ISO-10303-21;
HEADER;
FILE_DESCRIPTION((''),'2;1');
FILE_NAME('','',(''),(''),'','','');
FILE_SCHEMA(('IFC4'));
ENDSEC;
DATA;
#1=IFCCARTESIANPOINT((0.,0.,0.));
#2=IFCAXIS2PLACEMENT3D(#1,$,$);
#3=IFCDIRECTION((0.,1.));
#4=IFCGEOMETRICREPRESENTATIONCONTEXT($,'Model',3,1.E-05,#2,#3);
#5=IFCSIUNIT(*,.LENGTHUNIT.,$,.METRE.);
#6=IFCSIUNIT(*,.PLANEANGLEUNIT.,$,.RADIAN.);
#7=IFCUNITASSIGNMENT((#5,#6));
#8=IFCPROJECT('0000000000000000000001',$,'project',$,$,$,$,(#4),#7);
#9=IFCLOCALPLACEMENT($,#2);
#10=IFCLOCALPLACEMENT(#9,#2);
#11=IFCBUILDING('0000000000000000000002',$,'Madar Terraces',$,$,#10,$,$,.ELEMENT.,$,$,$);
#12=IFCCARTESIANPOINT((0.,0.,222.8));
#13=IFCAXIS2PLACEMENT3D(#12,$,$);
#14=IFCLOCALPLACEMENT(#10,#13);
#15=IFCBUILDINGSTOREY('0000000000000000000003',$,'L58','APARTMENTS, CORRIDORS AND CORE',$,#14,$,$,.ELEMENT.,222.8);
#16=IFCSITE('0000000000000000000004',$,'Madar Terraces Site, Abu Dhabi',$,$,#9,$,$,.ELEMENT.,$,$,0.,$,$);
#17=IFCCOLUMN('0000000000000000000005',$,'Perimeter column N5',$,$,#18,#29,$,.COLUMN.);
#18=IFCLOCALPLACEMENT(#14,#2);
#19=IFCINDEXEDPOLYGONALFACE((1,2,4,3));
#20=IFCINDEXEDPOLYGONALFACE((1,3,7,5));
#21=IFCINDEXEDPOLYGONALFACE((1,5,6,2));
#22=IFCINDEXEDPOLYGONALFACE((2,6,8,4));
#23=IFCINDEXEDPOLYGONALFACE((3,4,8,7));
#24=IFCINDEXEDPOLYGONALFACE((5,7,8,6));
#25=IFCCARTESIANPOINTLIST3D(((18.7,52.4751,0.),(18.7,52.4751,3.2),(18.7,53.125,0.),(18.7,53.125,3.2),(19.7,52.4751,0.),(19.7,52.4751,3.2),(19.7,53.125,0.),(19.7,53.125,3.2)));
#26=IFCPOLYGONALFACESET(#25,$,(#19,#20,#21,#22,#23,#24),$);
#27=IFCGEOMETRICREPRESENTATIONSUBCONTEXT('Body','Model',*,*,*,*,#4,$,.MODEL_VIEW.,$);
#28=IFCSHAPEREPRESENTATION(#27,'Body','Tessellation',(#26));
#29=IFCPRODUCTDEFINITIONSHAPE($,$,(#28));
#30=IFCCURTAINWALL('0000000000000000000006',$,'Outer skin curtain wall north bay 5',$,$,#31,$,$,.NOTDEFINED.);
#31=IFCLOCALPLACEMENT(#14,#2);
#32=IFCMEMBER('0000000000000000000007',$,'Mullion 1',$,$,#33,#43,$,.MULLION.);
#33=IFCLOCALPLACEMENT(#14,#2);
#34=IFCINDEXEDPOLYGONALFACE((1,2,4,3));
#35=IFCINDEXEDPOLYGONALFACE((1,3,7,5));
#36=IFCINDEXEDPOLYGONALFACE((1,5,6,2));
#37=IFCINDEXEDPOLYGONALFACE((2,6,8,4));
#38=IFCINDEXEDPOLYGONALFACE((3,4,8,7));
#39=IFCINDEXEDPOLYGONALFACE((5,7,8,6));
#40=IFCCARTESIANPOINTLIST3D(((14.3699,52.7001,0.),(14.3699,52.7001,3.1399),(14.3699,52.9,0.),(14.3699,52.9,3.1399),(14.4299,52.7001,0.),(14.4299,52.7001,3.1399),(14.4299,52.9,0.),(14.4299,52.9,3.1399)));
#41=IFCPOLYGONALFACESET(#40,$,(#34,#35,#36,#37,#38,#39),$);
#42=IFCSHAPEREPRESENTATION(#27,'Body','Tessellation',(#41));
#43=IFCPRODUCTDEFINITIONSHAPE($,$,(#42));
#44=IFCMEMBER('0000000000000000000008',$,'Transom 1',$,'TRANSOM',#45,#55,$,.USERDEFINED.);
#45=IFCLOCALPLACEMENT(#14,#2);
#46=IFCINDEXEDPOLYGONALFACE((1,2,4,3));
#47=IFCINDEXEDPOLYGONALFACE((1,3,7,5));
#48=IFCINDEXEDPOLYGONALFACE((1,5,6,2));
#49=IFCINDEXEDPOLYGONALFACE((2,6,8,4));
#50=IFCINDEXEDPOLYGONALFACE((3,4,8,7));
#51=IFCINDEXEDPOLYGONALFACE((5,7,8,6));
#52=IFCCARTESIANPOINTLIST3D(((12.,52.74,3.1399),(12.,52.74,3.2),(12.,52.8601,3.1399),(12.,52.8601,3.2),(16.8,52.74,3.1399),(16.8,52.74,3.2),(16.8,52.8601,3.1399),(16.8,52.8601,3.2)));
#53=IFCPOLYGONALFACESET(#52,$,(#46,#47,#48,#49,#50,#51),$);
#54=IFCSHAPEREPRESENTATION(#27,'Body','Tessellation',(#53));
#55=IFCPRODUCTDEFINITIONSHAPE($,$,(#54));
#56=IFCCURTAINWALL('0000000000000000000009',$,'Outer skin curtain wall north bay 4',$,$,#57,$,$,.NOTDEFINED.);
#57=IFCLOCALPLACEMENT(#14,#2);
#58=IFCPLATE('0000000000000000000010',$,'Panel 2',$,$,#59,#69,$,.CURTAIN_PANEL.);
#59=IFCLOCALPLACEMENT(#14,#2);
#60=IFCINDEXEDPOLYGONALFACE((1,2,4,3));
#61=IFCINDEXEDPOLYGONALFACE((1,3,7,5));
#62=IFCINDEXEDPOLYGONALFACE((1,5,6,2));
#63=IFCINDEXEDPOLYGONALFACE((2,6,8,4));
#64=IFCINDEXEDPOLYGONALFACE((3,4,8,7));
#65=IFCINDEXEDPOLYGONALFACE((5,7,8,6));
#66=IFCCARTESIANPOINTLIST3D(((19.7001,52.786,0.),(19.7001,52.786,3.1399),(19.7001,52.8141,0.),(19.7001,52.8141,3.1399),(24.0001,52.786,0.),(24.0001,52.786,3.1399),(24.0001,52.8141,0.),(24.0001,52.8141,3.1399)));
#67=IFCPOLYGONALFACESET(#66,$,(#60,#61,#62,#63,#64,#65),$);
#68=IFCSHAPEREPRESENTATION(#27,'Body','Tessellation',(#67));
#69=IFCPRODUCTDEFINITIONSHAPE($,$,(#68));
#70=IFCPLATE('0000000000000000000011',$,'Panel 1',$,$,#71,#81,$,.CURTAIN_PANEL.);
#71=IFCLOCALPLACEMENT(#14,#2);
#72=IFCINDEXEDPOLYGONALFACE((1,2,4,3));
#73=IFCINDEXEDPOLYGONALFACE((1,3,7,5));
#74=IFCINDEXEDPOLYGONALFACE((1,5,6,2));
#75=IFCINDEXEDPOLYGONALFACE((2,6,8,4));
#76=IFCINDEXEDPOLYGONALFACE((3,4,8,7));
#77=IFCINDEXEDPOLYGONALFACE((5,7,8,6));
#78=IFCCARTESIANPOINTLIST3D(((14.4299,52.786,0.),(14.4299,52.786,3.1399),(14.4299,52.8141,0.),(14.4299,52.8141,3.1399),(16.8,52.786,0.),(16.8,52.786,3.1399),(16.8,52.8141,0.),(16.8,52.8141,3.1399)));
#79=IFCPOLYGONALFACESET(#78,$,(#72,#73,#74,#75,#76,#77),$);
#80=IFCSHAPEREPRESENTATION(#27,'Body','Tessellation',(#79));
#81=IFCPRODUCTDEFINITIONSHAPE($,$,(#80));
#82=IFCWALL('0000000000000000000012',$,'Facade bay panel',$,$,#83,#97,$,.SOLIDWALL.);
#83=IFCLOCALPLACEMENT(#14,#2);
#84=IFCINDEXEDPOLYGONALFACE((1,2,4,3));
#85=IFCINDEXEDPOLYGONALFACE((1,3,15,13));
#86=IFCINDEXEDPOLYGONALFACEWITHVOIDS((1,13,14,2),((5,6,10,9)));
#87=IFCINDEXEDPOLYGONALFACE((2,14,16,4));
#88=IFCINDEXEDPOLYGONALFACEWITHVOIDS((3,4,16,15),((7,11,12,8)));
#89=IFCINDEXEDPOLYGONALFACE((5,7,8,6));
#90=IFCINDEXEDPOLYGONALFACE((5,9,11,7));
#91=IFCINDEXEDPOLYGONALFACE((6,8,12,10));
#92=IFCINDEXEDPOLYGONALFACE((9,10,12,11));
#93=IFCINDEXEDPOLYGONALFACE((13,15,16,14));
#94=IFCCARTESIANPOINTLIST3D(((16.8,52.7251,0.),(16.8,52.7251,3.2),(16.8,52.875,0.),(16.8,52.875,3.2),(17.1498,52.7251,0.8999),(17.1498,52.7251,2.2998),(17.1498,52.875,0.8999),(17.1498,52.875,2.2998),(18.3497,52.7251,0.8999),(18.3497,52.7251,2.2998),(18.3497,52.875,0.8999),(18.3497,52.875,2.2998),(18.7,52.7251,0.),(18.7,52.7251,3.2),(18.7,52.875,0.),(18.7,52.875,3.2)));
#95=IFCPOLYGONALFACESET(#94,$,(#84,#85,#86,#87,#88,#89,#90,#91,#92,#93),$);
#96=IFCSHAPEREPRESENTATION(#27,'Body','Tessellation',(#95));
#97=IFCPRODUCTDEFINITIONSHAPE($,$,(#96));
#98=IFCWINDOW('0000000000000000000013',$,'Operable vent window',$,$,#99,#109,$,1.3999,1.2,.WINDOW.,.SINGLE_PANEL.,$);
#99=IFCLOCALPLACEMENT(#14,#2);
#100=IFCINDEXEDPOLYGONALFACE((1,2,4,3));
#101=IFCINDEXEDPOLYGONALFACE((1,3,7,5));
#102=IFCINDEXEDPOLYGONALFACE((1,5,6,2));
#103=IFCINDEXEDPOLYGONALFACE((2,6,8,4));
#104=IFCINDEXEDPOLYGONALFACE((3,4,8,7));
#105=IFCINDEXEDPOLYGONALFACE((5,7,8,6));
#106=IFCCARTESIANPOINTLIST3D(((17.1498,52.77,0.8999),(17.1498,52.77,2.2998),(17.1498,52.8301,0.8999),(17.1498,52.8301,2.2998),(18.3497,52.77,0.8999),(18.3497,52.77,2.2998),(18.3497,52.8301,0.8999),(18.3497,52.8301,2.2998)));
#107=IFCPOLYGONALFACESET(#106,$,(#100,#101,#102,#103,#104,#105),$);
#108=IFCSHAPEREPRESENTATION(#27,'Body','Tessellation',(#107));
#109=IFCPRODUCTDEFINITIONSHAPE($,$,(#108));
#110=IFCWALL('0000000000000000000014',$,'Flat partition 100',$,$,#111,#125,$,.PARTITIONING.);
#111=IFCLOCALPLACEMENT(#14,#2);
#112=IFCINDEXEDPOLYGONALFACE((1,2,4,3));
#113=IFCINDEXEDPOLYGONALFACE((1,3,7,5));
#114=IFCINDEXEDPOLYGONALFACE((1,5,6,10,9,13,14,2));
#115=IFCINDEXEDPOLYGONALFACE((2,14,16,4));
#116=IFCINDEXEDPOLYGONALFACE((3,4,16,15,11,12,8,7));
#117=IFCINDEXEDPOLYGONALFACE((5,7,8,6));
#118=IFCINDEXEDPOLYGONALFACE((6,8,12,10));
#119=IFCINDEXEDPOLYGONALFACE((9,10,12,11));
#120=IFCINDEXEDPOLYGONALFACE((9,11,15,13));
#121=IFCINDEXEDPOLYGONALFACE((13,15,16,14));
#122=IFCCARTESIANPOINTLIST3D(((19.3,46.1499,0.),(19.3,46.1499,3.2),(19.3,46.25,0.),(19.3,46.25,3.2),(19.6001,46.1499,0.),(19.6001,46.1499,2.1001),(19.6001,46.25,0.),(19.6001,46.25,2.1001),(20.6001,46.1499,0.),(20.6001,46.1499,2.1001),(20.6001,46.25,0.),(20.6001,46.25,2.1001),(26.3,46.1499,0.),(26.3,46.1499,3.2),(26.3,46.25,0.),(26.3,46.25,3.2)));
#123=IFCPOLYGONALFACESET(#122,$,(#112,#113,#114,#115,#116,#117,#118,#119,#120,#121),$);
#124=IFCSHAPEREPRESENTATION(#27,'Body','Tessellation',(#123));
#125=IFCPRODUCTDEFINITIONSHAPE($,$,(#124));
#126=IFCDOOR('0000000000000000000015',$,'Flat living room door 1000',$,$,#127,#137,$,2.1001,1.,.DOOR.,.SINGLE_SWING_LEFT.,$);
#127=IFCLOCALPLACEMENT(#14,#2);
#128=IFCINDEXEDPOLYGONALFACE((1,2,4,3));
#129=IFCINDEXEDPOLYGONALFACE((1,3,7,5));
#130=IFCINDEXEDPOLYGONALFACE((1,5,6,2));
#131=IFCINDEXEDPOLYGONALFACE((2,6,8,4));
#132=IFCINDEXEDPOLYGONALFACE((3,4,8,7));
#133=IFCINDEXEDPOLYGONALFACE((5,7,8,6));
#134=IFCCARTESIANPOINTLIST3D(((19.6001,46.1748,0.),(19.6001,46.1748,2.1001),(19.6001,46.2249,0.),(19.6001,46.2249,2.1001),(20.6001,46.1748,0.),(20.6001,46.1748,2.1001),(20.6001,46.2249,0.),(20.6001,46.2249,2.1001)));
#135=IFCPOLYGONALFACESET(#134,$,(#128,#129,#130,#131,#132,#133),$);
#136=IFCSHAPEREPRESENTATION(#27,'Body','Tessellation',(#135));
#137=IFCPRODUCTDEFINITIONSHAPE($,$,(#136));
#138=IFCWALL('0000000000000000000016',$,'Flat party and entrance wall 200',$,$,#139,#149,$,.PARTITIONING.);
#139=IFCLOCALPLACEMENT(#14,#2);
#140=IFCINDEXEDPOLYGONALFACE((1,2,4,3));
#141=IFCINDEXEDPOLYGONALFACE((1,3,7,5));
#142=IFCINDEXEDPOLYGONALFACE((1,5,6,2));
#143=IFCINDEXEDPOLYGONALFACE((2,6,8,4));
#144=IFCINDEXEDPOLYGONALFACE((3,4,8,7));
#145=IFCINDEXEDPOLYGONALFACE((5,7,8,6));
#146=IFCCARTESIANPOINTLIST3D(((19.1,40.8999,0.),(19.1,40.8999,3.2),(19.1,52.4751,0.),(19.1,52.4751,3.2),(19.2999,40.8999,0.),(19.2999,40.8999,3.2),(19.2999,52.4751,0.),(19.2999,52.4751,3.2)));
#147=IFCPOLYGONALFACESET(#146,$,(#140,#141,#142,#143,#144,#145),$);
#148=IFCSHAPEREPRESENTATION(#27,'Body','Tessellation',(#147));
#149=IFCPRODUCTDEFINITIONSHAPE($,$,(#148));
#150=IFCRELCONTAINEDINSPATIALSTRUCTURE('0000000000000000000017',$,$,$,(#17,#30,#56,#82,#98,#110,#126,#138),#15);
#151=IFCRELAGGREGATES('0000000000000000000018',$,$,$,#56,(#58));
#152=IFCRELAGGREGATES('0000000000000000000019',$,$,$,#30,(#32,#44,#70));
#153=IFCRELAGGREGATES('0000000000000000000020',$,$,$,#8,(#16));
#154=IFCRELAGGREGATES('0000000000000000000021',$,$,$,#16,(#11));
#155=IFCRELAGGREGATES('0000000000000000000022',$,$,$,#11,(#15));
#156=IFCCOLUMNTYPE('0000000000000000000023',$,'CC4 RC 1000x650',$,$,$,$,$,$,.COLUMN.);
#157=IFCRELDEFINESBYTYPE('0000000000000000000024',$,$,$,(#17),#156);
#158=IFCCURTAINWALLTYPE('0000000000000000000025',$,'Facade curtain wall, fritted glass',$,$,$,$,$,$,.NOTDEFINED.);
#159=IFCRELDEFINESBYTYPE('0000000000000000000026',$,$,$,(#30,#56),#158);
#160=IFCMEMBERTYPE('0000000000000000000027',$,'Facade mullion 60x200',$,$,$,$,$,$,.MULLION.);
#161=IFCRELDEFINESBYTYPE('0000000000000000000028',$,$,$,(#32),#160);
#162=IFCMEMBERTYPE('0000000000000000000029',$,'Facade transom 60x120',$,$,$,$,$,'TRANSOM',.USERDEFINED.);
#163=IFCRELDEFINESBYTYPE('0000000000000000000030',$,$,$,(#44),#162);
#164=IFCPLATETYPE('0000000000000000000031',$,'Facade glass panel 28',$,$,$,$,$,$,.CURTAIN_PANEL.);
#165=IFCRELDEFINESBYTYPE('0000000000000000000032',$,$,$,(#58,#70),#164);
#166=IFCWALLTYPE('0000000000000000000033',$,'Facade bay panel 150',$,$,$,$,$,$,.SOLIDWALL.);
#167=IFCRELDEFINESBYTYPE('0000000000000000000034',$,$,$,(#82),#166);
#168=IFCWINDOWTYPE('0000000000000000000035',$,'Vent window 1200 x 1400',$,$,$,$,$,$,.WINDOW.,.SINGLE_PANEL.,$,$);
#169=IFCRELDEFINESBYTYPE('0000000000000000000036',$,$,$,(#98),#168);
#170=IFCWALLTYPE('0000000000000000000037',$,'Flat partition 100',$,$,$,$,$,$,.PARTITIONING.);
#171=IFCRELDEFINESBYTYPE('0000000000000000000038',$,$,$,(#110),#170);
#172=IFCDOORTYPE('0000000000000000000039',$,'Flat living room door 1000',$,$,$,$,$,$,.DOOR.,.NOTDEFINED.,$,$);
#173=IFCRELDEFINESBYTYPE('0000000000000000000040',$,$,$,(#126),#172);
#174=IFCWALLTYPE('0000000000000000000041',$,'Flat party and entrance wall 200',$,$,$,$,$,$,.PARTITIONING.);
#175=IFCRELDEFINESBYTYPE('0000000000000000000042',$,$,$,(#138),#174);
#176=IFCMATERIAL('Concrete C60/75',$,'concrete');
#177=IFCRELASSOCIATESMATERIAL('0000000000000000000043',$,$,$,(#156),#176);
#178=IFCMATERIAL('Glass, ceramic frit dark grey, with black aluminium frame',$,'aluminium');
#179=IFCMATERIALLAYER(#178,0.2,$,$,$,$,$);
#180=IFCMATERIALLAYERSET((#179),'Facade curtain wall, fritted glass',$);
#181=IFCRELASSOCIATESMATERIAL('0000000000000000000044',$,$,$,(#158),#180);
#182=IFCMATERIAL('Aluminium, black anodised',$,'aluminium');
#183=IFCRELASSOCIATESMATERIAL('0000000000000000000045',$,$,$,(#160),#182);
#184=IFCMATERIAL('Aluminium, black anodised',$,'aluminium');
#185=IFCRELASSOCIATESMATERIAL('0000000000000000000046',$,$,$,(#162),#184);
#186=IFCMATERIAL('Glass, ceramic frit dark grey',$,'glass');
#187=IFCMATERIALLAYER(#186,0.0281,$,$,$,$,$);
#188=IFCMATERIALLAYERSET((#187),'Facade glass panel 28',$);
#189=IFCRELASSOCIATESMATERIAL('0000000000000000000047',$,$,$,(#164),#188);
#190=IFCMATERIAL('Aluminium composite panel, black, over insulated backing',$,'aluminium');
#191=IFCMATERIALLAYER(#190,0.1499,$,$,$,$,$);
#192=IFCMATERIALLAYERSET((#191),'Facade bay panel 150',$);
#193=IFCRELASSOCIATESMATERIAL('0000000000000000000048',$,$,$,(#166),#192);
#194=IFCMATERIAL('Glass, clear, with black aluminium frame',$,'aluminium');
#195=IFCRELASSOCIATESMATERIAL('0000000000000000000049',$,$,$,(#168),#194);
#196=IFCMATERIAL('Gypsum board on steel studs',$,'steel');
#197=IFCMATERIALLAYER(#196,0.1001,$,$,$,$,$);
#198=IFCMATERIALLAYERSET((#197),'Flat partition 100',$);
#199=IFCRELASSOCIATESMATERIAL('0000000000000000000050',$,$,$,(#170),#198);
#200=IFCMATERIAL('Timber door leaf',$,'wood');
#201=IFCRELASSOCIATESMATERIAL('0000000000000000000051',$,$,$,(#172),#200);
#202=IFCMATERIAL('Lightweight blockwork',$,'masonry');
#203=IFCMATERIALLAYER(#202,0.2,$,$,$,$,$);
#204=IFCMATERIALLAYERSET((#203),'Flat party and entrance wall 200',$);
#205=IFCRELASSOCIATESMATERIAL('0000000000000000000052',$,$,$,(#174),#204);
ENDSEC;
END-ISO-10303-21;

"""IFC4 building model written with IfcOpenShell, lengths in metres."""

from ifc_helpers import new_model, si_unit, direction, frame, frame_2d, origin, origin_2d, place, context, subcontext, project, spatial, rectangle, extrude, material, layer, layer_set, material_profile, profile_set, type_object, element, fill, aggregate, save


model = new_model("IFC4")

# Units and contexts
model_context = context("Model", 3, precision=1e-05, world=origin(), true_north=direction((0.0, 1.0)))
body_context = subcontext(model_context, "Body", "Model", "MODEL_VIEW")
ifc_project = project(units=[si_unit("LENGTHUNIT", "METRE"), si_unit("PLANEANGLEUNIT", "RADIAN")], contexts=[model_context])

# Site, building, storey
site_placement = place(None, origin())
site = spatial("IfcSite", under=ifc_project, at=site_placement, Name="Madar Terraces Site, Abu Dhabi", CompositionType="ELEMENT", RefElevation=0.0)
building_placement = place(site_placement, origin())
building = spatial("IfcBuilding", under=site, at=building_placement, Name="Madar Terraces", CompositionType="ELEMENT")
storey_placement = place(building_placement, frame((0.0, 0.0, 222.8)))
storey = spatial("IfcBuildingStorey", under=building, at=storey_placement, Name="L58", Description="APARTMENTS, CORRIDORS AND CORE", CompositionType="ELEMENT", Elevation=222.8)

# Column
ifc_material_1 = material(Name="Concrete C60/75", Category="concrete")
ifc_material_profile_1 = material_profile(ifc_material_1, rectangle(XDim=1.0, YDim=0.6499, at=origin_2d()), Name="CC4 RC 1000x650")
ifc_profile_set_1 = profile_set([ifc_material_profile_1], Name="Concrete C60/75")
column_type = type_object("IfcColumnType", Name="CC4 RC 1000x650", PredefinedType="COLUMN", material=ifc_profile_set_1)
column_placement = place(storey_placement, frame((19.2, 52.8, 0.0), z_axis=(0.0, 0.0, 1.0), x_axis=(1.0, 0.0, 0.0)))
element("IfcColumn", 1, at=column_placement, inside=storey, type_object=column_type, Name="Perimeter column N5", PredefinedType="COLUMN", context=body_context, shape_type="SweptSolid", body=[
    extrude(rectangle(XDim=1.0, YDim=0.6499, at=origin_2d()), origin(), (0.0, 0.0, 1.0), 3.2),
])

# Curtain wall, members
ifc_material_2 = material(Name="Glass, ceramic frit dark grey, with black aluminium frame", Category="aluminium")
ifc_layer_1 = layer(ifc_material_2, 0.2)
ifc_layer_set_1 = layer_set([ifc_layer_1], Name="Facade curtain wall, fritted glass")
curtain_wall_type = type_object("IfcCurtainWallType", Name="Facade curtain wall, fritted glass", PredefinedType="NOTDEFINED", material=ifc_layer_set_1)
curtain_wall_1_placement = place(storey_placement, origin())
curtain_wall_1 = element("IfcCurtainWall", 2, at=curtain_wall_1_placement, inside=storey, type_object=curtain_wall_type, Name="Outer skin curtain wall north bay 5", PredefinedType="NOTDEFINED")
ifc_material_3 = material(Name="Aluminium, black anodised", Category="aluminium")
ifc_material_profile_2 = material_profile(ifc_material_3, rectangle(XDim=0.2, YDim=0.0601, at=origin_2d()), Name="Facade mullion 60x200")
ifc_profile_set_2 = profile_set([ifc_material_profile_2], Name="Aluminium, black anodised")
member_type_1 = type_object("IfcMemberType", Name="Facade mullion 60x200", PredefinedType="MULLION", material=ifc_profile_set_2)
member_1_placement = place(storey_placement, frame((14.3999, 52.8, 0.0), z_axis=(0.0, 0.0, 1.0), x_axis=(0.0, -1.0, 0.0)))
member_1 = element("IfcMember", 3, at=member_1_placement, type_object=member_type_1, Name="Mullion 1", PredefinedType="MULLION", context=body_context, shape_type="SweptSolid", body=[
    extrude(rectangle(XDim=0.2, YDim=0.0601, at=origin_2d()), origin(), (0.0, 0.0, 1.0), 3.1399),
])
ifc_material_4 = material(Name="Aluminium, black anodised", Category="aluminium")
ifc_material_profile_3 = material_profile(ifc_material_4, rectangle(XDim=0.1201, YDim=0.0601, at=origin_2d()), Name="Facade transom 60x120")
ifc_profile_set_3 = profile_set([ifc_material_profile_3], Name="Aluminium, black anodised")
member_type_2 = type_object("IfcMemberType", Name="Facade transom 60x120", ElementType="TRANSOM", PredefinedType="USERDEFINED", material=ifc_profile_set_3)
member_2_placement = place(storey_placement, frame((16.8, 52.8, 3.1699), z_axis=(-1.0, 0.0, 0.0), x_axis=(0.0, -1.0, 0.0)))
member_2 = element("IfcMember", 4, at=member_2_placement, type_object=member_type_2, Name="Transom 1", ObjectType="TRANSOM", PredefinedType="USERDEFINED", context=body_context, shape_type="SweptSolid", body=[
    extrude(rectangle(XDim=0.1201, YDim=0.0601, at=origin_2d()), origin(), (0.0, 0.0, 1.0), 4.8),
])

# Curtain wall, plate
curtain_wall_2_placement = place(storey_placement, origin())
curtain_wall_2 = element("IfcCurtainWall", 5, at=curtain_wall_2_placement, inside=storey, type_object=curtain_wall_type, Name="Outer skin curtain wall north bay 4", PredefinedType="NOTDEFINED")
ifc_material_5 = material(Name="Glass, ceramic frit dark grey", Category="glass")
ifc_layer_2 = layer(ifc_material_5, 0.0281)
ifc_layer_set_2 = layer_set([ifc_layer_2], Name="Facade glass panel 28")
plate_type = type_object("IfcPlateType", Name="Facade glass panel 28", PredefinedType="CURTAIN_PANEL", material=ifc_layer_set_2)
plate_1_placement = place(storey_placement, frame((21.8501, 52.8, 0.0), z_axis=(0.0, 0.0, 1.0), x_axis=(-1.0, 0.0, 0.0)))
plate_1 = element("IfcPlate", 6, at=plate_1_placement, type_object=plate_type, Name="Panel 2", PredefinedType="CURTAIN_PANEL", context=body_context, shape_type="SweptSolid", body=[
    extrude(rectangle(XDim=4.3, YDim=0.0281, at=origin_2d()), origin(), (0.0, 0.0, 1.0), 3.1399),
])
aggregate(curtain_wall_2, [plate_1])

# Plate
plate_2_placement = place(storey_placement, frame((15.615, 52.8, 0.0), z_axis=(0.0, 0.0, 1.0), x_axis=(-1.0, 0.0, 0.0)))
plate_2 = element("IfcPlate", 7, at=plate_2_placement, type_object=plate_type, Name="Panel 1", PredefinedType="CURTAIN_PANEL", context=body_context, shape_type="SweptSolid", body=[
    extrude(rectangle(XDim=2.3701, YDim=0.0281, at=origin_2d()), origin(), (0.0, 0.0, 1.0), 3.1399),
])
aggregate(curtain_wall_1, [member_1, member_2, plate_2])

# Wall, opening, window
ifc_material_6 = material(Name="Aluminium composite panel, black, over insulated backing", Category="aluminium")
ifc_layer_3 = layer(ifc_material_6, 0.1499)
ifc_layer_set_3 = layer_set([ifc_layer_3], Name="Facade bay panel 150")
wall_type_1 = type_object("IfcWallType", Name="Facade bay panel 150", PredefinedType="SOLIDWALL", material=ifc_layer_set_3)
wall_1_placement = place(storey_placement, frame((18.7, 52.8, 0.0), z_axis=(0.0, 0.0, 1.0), x_axis=(-1.0, 0.0, 0.0)))
wall_1 = element("IfcWall", 8, at=wall_1_placement, inside=storey, type_object=wall_type_1, Name="Facade bay panel", PredefinedType="SOLIDWALL", context=body_context, shape_type="SweptSolid", body=[
    extrude(rectangle(XDim=1.8999, YDim=0.1499, at=frame_2d((0.95, 0.0))), origin(), (0.0, 0.0, 1.0), 3.2),
])
opening_1_placement = place(wall_1_placement, frame((0.3501, 0.0, 0.8999)))
opening_1 = element("IfcOpeningElement", 9, at=opening_1_placement, cuts=wall_1, PredefinedType="OPENING", context=body_context, shape_type="SweptSolid", body=[
    extrude(rectangle(XDim=1.2, YDim=1.3999, at=frame_2d((0.6001, 0.7))), frame((0.0, 0.085, 0.0), z_axis=(0.0, -1.0, 0.0), x_axis=(1.0, 0.0, 0.0)), (0.0, 0.0, 1.0), 0.1699),
])
ifc_material_7 = material(Name="Glass, clear, with black aluminium frame", Category="aluminium")
window_type = type_object("IfcWindowType", Name="Vent window 1200 x 1400", PartitioningType="SINGLE_PANEL", PredefinedType="WINDOW", material=ifc_material_7)
window_placement = place(opening_1_placement, origin())
window = element("IfcWindow", 10, at=window_placement, inside=storey, type_object=window_type, Name="Operable vent window", OverallHeight=1.3999, OverallWidth=1.2, PartitioningType="SINGLE_PANEL", PredefinedType="WINDOW", context=body_context, shape_type="SweptSolid", body=[
    extrude(rectangle(XDim=1.2, YDim=1.3999, at=frame_2d((0.6001, 0.7))), frame((0.0, 0.03, 0.0), z_axis=(0.0, -1.0, 0.0), x_axis=(1.0, 0.0, 0.0)), (0.0, 0.0, 1.0), 0.0601),
])
fill(opening_1, window)

# Wall, opening, door
ifc_material_8 = material(Name="Gypsum board on steel studs", Category="steel")
ifc_layer_4 = layer(ifc_material_8, 0.1001)
ifc_layer_set_4 = layer_set([ifc_layer_4], Name="Flat partition 100")
wall_type_2 = type_object("IfcWallType", Name="Flat partition 100", PredefinedType="PARTITIONING", material=ifc_layer_set_4)
wall_2_placement = place(storey_placement, frame((19.3, 46.2, 0.0), z_axis=(0.0, 0.0, 1.0), x_axis=(1.0, 0.0, 0.0)))
wall_2 = element("IfcWall", 11, at=wall_2_placement, inside=storey, type_object=wall_type_2, Name="Flat partition 100", PredefinedType="PARTITIONING", context=body_context, shape_type="SweptSolid", body=[
    extrude(rectangle(XDim=7.0, YDim=0.1001, at=frame_2d((3.5, 0.0))), origin(), (0.0, 0.0, 1.0), 3.2),
])
opening_2_placement = place(wall_2_placement, frame((0.3, 0.0, 0.0)))
opening_2 = element("IfcOpeningElement", 12, at=opening_2_placement, cuts=wall_2, PredefinedType="OPENING", context=body_context, shape_type="SweptSolid", body=[
    extrude(rectangle(XDim=1.0, YDim=2.1001, at=frame_2d((0.5, 1.05))), frame((0.0, 0.0601, 0.0), z_axis=(0.0, -1.0, 0.0), x_axis=(1.0, 0.0, 0.0)), (0.0, 0.0, 1.0), 0.1201),
])
ifc_material_9 = material(Name="Timber door leaf", Category="wood")
door_type_1 = type_object("IfcDoorType", Name="Flat living room door 1000", OperationType="NOTDEFINED", PredefinedType="DOOR", material=ifc_material_9)
door_1_placement = place(opening_2_placement, origin())
door_1 = element("IfcDoor", 13, at=door_1_placement, inside=storey, type_object=door_type_1, Name="Flat living room door 1000", OperationType="SINGLE_SWING_LEFT", OverallHeight=2.1001, OverallWidth=1.0, PredefinedType="DOOR", context=body_context, shape_type="SweptSolid", body=[
    extrude(rectangle(XDim=1.0, YDim=2.1001, at=frame_2d((0.5, 1.05))), frame((0.0, 0.0249, 0.0), z_axis=(0.0, -1.0, 0.0), x_axis=(1.0, 0.0, 0.0)), (0.0, 0.0, 1.0), 0.05),
])
fill(opening_2, door_1)

# Wall
ifc_material_10 = material(Name="Lightweight blockwork", Category="masonry")
ifc_layer_5 = layer(ifc_material_10, 0.2)
ifc_layer_set_5 = layer_set([ifc_layer_5], Name="Flat party and entrance wall 200")
wall_type_3 = type_object("IfcWallType", Name="Flat party and entrance wall 200", PredefinedType="PARTITIONING", material=ifc_layer_set_5)
wall_3_placement = place(storey_placement, frame((19.2, 52.4751, 0.0), z_axis=(0.0, 0.0, 1.0), x_axis=(0.0, -1.0, 0.0)))
element("IfcWall", 14, at=wall_3_placement, inside=storey, type_object=wall_type_3, Name="Flat party and entrance wall 200", PredefinedType="PARTITIONING", context=body_context, shape_type="SweptSolid", body=[
    extrude(rectangle(XDim=11.5752, YDim=0.2, at=frame_2d((5.7876, 0.0))), origin(), (0.0, 0.0, 1.0), 3.2),
])

save(model, "model.ifc")
